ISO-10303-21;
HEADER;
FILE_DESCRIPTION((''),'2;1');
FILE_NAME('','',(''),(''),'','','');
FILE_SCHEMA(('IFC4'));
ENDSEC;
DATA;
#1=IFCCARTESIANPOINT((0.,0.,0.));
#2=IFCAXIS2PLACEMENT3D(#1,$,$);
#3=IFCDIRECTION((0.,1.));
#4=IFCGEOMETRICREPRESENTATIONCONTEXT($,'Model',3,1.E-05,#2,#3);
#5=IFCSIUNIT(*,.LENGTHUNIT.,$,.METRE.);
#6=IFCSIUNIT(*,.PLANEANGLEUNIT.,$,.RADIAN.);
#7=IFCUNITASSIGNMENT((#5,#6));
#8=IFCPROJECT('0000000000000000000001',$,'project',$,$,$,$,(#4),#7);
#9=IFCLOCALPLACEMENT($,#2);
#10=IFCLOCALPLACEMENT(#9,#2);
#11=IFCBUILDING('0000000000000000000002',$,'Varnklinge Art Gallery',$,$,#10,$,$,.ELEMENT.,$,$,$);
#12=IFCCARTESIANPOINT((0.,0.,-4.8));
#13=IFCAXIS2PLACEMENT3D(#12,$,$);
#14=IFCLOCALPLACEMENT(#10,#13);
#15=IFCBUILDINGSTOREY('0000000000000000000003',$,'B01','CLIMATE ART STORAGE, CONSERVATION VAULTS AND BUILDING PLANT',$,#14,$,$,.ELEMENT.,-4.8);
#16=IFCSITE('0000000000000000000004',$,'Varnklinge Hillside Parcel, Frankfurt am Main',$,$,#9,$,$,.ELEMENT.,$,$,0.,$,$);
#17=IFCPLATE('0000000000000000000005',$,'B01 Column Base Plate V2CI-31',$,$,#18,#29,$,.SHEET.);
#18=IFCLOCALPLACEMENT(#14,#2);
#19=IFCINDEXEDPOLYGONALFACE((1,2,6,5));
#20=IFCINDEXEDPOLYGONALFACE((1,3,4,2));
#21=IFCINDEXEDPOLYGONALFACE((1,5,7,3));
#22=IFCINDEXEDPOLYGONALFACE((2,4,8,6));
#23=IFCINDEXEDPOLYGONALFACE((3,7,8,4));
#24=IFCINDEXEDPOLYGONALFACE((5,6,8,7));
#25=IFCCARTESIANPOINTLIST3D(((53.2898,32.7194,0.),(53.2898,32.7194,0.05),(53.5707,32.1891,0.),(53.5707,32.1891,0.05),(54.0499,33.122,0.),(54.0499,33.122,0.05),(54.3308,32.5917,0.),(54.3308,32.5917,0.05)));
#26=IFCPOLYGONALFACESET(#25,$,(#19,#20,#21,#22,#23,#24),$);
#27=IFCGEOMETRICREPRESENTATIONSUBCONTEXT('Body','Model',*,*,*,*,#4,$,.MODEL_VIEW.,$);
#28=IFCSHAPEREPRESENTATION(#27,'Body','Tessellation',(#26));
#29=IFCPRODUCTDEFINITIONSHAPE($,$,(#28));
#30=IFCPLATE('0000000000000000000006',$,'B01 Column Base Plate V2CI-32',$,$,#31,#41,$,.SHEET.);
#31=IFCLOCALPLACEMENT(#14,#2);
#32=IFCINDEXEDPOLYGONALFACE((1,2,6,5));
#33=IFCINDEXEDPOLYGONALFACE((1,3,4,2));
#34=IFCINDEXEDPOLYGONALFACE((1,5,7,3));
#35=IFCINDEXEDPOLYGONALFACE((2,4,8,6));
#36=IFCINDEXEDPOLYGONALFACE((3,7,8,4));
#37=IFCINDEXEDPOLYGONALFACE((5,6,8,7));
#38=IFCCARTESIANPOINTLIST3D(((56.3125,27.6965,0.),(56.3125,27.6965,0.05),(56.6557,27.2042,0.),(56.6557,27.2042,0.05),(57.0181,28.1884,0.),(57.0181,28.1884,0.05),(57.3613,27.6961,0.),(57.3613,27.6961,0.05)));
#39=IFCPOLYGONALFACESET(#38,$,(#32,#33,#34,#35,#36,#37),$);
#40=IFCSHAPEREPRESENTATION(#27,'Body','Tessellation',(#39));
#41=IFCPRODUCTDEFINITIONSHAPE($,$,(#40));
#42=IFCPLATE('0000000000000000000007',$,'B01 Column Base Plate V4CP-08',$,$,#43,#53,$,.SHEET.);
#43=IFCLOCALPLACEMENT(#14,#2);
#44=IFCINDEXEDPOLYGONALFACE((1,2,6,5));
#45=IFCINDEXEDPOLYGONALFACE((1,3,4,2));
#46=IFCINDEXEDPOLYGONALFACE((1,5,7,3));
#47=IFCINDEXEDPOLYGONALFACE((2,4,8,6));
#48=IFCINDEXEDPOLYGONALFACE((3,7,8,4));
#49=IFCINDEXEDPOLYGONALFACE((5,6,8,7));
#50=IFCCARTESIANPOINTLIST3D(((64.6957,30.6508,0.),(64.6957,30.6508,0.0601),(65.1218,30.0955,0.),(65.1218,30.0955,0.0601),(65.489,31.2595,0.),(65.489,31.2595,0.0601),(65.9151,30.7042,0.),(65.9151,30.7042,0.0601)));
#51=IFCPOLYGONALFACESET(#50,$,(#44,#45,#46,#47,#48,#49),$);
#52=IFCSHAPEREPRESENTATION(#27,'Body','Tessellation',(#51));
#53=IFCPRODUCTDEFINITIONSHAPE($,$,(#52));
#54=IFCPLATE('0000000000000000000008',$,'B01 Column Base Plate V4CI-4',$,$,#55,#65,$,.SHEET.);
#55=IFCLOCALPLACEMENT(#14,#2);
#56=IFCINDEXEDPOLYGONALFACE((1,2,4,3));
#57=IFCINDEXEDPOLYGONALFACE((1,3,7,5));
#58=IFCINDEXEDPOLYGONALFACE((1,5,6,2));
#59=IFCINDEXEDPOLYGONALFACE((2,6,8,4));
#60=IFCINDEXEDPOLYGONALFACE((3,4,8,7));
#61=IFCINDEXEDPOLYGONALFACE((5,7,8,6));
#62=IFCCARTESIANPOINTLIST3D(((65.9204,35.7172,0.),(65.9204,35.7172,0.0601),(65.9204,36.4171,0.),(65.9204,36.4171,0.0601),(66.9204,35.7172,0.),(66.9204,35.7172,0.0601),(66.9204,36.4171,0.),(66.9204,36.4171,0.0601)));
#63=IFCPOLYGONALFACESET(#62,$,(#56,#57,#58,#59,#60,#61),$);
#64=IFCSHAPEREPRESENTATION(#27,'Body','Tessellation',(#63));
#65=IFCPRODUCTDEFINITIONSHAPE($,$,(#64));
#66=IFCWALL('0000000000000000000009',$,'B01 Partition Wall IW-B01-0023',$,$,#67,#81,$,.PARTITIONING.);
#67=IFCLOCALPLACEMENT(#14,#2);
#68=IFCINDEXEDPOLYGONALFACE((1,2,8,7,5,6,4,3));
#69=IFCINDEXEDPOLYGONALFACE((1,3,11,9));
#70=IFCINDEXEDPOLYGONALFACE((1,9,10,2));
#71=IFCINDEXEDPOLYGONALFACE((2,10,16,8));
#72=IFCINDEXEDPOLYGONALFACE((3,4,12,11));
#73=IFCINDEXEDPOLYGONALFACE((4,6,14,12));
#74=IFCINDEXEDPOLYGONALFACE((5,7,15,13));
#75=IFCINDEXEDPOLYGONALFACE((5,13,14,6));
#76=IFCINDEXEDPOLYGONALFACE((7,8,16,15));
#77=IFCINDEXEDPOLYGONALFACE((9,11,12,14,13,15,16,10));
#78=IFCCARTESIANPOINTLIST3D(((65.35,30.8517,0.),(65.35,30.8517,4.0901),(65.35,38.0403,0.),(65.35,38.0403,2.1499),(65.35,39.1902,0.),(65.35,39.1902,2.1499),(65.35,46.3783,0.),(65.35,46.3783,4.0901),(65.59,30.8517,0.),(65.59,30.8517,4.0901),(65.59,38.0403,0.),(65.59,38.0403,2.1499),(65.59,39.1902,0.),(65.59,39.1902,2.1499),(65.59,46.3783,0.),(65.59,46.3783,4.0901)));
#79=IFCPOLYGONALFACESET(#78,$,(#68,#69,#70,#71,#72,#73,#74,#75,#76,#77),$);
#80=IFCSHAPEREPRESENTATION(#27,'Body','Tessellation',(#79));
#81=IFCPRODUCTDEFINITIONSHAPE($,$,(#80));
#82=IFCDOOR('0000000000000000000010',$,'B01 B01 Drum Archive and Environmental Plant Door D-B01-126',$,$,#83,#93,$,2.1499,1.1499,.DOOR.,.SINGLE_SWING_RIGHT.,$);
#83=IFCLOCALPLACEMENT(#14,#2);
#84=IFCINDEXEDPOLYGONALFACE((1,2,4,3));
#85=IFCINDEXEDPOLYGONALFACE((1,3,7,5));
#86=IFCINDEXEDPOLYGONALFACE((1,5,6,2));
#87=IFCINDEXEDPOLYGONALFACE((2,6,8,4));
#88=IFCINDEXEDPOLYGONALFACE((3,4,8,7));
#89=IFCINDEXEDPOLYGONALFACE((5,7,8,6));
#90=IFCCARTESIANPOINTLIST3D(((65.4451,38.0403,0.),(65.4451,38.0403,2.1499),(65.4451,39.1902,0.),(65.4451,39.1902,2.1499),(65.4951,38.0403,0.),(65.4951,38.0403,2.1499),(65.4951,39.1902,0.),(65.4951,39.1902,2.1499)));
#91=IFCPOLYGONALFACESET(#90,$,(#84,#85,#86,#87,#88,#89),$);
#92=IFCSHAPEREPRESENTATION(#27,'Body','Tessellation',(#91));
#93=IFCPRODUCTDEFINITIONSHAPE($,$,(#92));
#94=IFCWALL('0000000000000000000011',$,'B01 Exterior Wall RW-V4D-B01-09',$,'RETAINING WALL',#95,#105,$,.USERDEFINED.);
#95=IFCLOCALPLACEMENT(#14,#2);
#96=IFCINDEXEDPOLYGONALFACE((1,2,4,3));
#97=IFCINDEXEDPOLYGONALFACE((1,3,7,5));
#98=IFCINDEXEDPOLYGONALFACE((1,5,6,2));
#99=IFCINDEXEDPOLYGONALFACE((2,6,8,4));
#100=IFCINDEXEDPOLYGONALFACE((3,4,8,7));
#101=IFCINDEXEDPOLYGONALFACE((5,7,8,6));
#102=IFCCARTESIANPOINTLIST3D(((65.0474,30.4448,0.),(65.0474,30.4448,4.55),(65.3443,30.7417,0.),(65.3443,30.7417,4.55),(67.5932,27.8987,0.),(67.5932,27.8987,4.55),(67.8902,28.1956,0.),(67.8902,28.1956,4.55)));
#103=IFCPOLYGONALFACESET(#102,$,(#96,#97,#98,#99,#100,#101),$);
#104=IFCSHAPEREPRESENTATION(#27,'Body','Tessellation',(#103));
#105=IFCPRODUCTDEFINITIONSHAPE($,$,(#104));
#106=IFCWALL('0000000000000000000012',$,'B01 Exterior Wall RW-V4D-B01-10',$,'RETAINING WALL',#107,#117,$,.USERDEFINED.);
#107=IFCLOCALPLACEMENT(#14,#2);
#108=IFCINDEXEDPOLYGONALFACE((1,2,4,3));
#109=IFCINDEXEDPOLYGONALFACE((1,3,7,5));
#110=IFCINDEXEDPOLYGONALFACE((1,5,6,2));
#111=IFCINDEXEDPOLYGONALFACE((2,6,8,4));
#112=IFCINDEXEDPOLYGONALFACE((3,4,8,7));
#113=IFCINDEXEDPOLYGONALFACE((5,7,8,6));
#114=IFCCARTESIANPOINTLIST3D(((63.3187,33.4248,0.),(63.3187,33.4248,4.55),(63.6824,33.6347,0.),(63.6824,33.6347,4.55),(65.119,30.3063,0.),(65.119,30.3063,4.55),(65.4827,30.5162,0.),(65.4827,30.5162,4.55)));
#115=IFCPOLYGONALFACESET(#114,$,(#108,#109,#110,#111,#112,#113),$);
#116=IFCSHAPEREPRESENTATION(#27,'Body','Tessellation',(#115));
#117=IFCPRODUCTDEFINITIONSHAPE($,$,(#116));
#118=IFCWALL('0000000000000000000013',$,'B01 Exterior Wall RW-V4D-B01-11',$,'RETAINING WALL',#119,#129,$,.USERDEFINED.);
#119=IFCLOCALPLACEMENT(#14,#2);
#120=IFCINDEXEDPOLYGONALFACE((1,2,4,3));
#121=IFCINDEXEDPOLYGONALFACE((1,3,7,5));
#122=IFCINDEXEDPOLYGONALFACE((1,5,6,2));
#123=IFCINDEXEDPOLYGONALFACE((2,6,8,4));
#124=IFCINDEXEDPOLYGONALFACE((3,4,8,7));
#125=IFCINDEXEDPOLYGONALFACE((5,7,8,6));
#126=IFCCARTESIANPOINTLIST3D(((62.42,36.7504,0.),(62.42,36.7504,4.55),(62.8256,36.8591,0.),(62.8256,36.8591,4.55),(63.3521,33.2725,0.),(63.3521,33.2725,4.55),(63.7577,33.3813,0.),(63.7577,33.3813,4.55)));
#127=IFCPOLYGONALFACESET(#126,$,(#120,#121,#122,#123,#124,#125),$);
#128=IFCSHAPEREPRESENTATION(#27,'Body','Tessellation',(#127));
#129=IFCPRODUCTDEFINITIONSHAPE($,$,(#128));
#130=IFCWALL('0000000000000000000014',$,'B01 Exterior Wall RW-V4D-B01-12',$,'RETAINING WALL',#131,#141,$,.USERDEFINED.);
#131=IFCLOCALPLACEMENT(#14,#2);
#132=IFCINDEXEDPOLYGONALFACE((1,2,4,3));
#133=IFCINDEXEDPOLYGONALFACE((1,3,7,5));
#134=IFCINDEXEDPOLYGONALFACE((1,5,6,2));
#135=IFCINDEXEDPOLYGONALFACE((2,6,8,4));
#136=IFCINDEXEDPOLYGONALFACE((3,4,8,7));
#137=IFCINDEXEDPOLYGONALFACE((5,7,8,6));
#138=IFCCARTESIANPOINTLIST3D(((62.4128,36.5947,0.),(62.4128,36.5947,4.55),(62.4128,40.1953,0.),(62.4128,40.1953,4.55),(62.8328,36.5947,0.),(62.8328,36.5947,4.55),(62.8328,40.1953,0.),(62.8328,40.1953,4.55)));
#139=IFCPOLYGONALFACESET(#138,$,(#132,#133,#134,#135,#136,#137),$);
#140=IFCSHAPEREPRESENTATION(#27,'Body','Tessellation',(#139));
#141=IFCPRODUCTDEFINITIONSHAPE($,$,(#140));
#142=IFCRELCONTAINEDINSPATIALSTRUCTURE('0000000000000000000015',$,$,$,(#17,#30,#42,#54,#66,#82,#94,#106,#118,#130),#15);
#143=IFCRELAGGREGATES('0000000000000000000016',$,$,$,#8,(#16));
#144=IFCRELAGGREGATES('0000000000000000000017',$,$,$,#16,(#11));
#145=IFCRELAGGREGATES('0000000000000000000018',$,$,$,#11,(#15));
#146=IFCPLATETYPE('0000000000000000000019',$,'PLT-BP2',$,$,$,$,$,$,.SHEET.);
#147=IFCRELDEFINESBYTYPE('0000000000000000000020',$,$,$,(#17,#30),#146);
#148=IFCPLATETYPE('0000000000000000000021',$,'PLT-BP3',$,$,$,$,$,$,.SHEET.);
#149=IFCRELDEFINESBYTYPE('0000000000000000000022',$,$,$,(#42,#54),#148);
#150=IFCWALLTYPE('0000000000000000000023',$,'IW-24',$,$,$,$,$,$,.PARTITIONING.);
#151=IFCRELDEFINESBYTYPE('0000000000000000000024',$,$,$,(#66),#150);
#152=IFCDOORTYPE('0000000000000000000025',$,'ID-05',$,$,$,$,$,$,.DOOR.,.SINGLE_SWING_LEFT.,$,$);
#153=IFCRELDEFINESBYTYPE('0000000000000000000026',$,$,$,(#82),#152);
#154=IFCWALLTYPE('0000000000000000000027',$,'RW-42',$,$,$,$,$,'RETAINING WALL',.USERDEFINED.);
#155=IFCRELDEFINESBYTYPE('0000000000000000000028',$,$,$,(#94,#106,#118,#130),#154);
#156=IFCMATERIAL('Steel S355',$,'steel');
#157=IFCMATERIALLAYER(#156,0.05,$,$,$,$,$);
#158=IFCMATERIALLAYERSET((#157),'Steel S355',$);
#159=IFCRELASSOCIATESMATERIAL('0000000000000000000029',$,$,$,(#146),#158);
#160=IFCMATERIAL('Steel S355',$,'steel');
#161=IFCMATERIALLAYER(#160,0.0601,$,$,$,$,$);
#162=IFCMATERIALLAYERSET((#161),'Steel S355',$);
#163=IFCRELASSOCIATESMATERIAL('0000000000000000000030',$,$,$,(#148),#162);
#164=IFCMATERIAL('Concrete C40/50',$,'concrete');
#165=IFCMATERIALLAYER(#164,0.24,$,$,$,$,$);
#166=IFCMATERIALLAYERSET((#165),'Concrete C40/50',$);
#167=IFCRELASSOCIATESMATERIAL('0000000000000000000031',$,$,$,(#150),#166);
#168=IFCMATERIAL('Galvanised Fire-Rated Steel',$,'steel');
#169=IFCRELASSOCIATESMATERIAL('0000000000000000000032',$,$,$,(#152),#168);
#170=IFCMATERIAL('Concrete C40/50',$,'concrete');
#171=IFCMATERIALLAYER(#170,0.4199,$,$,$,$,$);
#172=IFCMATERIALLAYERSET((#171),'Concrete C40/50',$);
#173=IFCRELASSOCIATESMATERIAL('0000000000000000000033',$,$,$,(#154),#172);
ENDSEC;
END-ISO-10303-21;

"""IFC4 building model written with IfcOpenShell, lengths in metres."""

from ifc_helpers import new_model, si_unit, direction, frame, frame_2d, origin, origin_2d, place, context, subcontext, project, spatial, rectangle, extrude, material, layer, layer_set, type_object, element, fill, save


model = new_model("IFC4")

# Units and contexts
model_context = context("Model", 3, precision=1e-05, world=origin(), true_north=direction((0.0, 1.0)))
body_context = subcontext(model_context, "Body", "Model", "MODEL_VIEW")
ifc_project = project(units=[si_unit("LENGTHUNIT", "METRE"), si_unit("PLANEANGLEUNIT", "RADIAN")], contexts=[model_context])

# Site, building, storey
site_placement = place(None, origin())
site = spatial("IfcSite", under=ifc_project, at=site_placement, Name="Varnklinge Hillside Parcel, Frankfurt am Main", CompositionType="ELEMENT", RefElevation=0.0)
building_placement = place(site_placement, origin())
building = spatial("IfcBuilding", under=site, at=building_placement, Name="Varnklinge Art Gallery", CompositionType="ELEMENT")
storey_placement = place(building_placement, frame((0.0, 0.0, -4.8)))
storey = spatial("IfcBuildingStorey", under=building, at=storey_placement, Name="B01", Description="CLIMATE ART STORAGE, CONSERVATION VAULTS AND BUILDING PLANT", CompositionType="ELEMENT", Elevation=-4.8)

# Plates
ifc_material_1 = material(Name="Steel S355", Category="steel")
ifc_layer_1 = layer(ifc_material_1, 0.05)
ifc_layer_set_1 = layer_set([ifc_layer_1], Name="Steel S355")
plate_type_1 = type_object("IfcPlateType", Name="PLT-BP2", PredefinedType="SHEET", material=ifc_layer_set_1)
for number, where, z_axis, x_axis, name in (
    (1, (53.8103, 32.6555, 0.0), (0.0, 0.0, 1.0), (0.883684, 0.468084, 0.0), "B01 Column Base Plate V2CI-31"),
    (2, (56.8369, 27.6963, 0.0), (0.0, 0.0, 1.0), (0.820352, 0.57186, 0.0), "B01 Column Base Plate V2CI-32"),
):
    element("IfcPlate", number, at=place(storey_placement, frame(where, z_axis=z_axis, x_axis=x_axis)), inside=storey, type_object=plate_type_1, Name=name, PredefinedType="SHEET", context=body_context, shape_type="SweptSolid", body=[
        extrude(rectangle(XDim=0.8601, YDim=0.6001, at=origin_2d()), origin(), (0.0, 0.0, 1.0), 0.05),
    ])
ifc_material_2 = material(Name="Steel S355", Category="steel")
ifc_layer_2 = layer(ifc_material_2, 0.0601)
ifc_layer_set_2 = layer_set([ifc_layer_2], Name="Steel S355")
plate_type_2 = type_object("IfcPlateType", Name="PLT-BP3", PredefinedType="SHEET", material=ifc_layer_set_2)
for number, where, z_axis, x_axis, name in (
    (3, (65.3054, 30.6775, 0.0), (0.0, 0.0, 1.0), (-0.793353, -0.608761, 0.0), "B01 Column Base Plate V4CP-08"),
    (4, (66.4204, 36.0671, 0.0), (0.0, 0.0, 1.0), (1.0, 0.0, 0.0), "B01 Column Base Plate V4CI-4"),
):
    element("IfcPlate", number, at=place(storey_placement, frame(where, z_axis=z_axis, x_axis=x_axis)), inside=storey, type_object=plate_type_2, Name=name, PredefinedType="SHEET", context=body_context, shape_type="SweptSolid", body=[
        extrude(rectangle(XDim=1.0, YDim=0.7, at=origin_2d()), origin(), (0.0, 0.0, 1.0), 0.0601),
    ])

# Wall, opening, door
ifc_material_3 = material(Name="Concrete C40/50", Category="concrete")
ifc_layer_3 = layer(ifc_material_3, 0.24)
ifc_layer_set_3 = layer_set([ifc_layer_3], Name="Concrete C40/50")
wall_type_1 = type_object("IfcWallType", Name="IW-24", PredefinedType="PARTITIONING", material=ifc_layer_set_3)
wall_1_placement = place(storey_placement, frame((65.47, 30.8518, 0.0), z_axis=(0.0, 0.0, 1.0), x_axis=(0.0, 1.0, 0.0)))
wall_1 = element("IfcWall", 5, at=wall_1_placement, inside=storey, type_object=wall_type_1, Name="B01 Partition Wall IW-B01-0023", PredefinedType="PARTITIONING", context=body_context, shape_type="SweptSolid", body=[
    extrude(rectangle(XDim=15.5266, YDim=0.24, at=frame_2d((7.7632, 0.0))), origin(), (0.0, 0.0, 1.0), 4.0901),
])
opening_placement = place(wall_1_placement, frame((7.1885, 0.0, 0.0)))
opening = element("IfcOpeningElement", 6, at=opening_placement, cuts=wall_1, PredefinedType="OPENING", context=body_context, shape_type="SweptSolid", body=[
    extrude(rectangle(XDim=1.1499, YDim=2.1499, at=frame_2d((0.575, 1.075))), frame((0.0, 0.1301, 0.0), z_axis=(0.0, -1.0, 0.0), x_axis=(1.0, 0.0, 0.0)), (0.0, 0.0, 1.0), 0.26),
])
ifc_material_4 = material(Name="Galvanised Fire-Rated Steel", Category="steel")
door_type = type_object("IfcDoorType", Name="ID-05", OperationType="SINGLE_SWING_LEFT", PredefinedType="DOOR", material=ifc_material_4)
door_placement = place(opening_placement, origin())
door = element("IfcDoor", 7, at=door_placement, inside=storey, type_object=door_type, Name="B01 B01 Drum Archive and Environmental Plant Door D-B01-126", OperationType="SINGLE_SWING_RIGHT", OverallHeight=2.1499, OverallWidth=1.1499, PredefinedType="DOOR", context=body_context, shape_type="SweptSolid", body=[
    extrude(rectangle(XDim=1.1499, YDim=2.1499, at=frame_2d((0.575, 1.075))), frame((0.0, 0.0249, 0.0), z_axis=(0.0, -1.0, 0.0), x_axis=(1.0, 0.0, 0.0)), (0.0, 0.0, 1.0), 0.05),
])
fill(opening, door)

# Walls
ifc_material_5 = material(Name="Concrete C40/50", Category="concrete")
ifc_layer_4 = layer(ifc_material_5, 0.4199)
ifc_layer_set_4 = layer_set([ifc_layer_4], Name="Concrete C40/50")
wall_type_2 = type_object("IfcWallType", Name="RW-42", ElementType="RETAINING WALL", PredefinedType="USERDEFINED", material=ifc_layer_set_4)
wall_2_placement = place(storey_placement, frame((67.7417, 28.0471, 0.0), z_axis=(0.0, 0.0, 1.0), x_axis=(-0.707073, 0.707141, 0.0)))
element("IfcWall", 8, at=wall_2_placement, inside=storey, type_object=wall_type_2, Name="B01 Exterior Wall RW-V4D-B01-09", ObjectType="RETAINING WALL", PredefinedType="USERDEFINED", context=body_context, shape_type="SweptSolid", body=[
    extrude(rectangle(XDim=3.6006, YDim=0.4199, at=frame_2d((1.8003, 0.0))), origin(), (0.0, 0.0, 1.0), 4.55),
])
wall_3_placement = place(storey_placement, frame((65.3008, 30.4114, 0.0), z_axis=(0.0, 0.0, 1.0), x_axis=(-0.499975, 0.86604, 0.0)))
element("IfcWall", 9, at=wall_3_placement, inside=storey, type_object=wall_type_2, Name="B01 Exterior Wall RW-V4D-B01-10", ObjectType="RETAINING WALL", PredefinedType="USERDEFINED", context=body_context, shape_type="SweptSolid", body=[
    extrude(rectangle(XDim=3.6008, YDim=0.4199, at=frame_2d((1.8003, 0.0))), origin(), (0.0, 0.0, 1.0), 4.55),
])
for number, where, z_axis, x_axis, name in (
    (10, (63.5549, 33.3269, 0.0), (0.0, 0.0, 1.0), (-0.258886, 0.965908, 0.0), "B01 Exterior Wall RW-V4D-B01-11"),
    (11, (62.6228, 36.5947, 0.0), (0.0, 0.0, 1.0), (0.0, 1.0, 0.0), "B01 Exterior Wall RW-V4D-B01-12"),
):
    element("IfcWall", number, at=place(storey_placement, frame(where, z_axis=z_axis, x_axis=x_axis)), inside=storey, type_object=wall_type_2, Name=name, ObjectType="RETAINING WALL", PredefinedType="USERDEFINED", context=body_context, shape_type="SweptSolid", body=[
        extrude(rectangle(XDim=3.6006, YDim=0.4199, at=frame_2d((1.8003, 0.0))), origin(), (0.0, 0.0, 1.0), 4.55),
    ])

save(model, "model.ifc")
